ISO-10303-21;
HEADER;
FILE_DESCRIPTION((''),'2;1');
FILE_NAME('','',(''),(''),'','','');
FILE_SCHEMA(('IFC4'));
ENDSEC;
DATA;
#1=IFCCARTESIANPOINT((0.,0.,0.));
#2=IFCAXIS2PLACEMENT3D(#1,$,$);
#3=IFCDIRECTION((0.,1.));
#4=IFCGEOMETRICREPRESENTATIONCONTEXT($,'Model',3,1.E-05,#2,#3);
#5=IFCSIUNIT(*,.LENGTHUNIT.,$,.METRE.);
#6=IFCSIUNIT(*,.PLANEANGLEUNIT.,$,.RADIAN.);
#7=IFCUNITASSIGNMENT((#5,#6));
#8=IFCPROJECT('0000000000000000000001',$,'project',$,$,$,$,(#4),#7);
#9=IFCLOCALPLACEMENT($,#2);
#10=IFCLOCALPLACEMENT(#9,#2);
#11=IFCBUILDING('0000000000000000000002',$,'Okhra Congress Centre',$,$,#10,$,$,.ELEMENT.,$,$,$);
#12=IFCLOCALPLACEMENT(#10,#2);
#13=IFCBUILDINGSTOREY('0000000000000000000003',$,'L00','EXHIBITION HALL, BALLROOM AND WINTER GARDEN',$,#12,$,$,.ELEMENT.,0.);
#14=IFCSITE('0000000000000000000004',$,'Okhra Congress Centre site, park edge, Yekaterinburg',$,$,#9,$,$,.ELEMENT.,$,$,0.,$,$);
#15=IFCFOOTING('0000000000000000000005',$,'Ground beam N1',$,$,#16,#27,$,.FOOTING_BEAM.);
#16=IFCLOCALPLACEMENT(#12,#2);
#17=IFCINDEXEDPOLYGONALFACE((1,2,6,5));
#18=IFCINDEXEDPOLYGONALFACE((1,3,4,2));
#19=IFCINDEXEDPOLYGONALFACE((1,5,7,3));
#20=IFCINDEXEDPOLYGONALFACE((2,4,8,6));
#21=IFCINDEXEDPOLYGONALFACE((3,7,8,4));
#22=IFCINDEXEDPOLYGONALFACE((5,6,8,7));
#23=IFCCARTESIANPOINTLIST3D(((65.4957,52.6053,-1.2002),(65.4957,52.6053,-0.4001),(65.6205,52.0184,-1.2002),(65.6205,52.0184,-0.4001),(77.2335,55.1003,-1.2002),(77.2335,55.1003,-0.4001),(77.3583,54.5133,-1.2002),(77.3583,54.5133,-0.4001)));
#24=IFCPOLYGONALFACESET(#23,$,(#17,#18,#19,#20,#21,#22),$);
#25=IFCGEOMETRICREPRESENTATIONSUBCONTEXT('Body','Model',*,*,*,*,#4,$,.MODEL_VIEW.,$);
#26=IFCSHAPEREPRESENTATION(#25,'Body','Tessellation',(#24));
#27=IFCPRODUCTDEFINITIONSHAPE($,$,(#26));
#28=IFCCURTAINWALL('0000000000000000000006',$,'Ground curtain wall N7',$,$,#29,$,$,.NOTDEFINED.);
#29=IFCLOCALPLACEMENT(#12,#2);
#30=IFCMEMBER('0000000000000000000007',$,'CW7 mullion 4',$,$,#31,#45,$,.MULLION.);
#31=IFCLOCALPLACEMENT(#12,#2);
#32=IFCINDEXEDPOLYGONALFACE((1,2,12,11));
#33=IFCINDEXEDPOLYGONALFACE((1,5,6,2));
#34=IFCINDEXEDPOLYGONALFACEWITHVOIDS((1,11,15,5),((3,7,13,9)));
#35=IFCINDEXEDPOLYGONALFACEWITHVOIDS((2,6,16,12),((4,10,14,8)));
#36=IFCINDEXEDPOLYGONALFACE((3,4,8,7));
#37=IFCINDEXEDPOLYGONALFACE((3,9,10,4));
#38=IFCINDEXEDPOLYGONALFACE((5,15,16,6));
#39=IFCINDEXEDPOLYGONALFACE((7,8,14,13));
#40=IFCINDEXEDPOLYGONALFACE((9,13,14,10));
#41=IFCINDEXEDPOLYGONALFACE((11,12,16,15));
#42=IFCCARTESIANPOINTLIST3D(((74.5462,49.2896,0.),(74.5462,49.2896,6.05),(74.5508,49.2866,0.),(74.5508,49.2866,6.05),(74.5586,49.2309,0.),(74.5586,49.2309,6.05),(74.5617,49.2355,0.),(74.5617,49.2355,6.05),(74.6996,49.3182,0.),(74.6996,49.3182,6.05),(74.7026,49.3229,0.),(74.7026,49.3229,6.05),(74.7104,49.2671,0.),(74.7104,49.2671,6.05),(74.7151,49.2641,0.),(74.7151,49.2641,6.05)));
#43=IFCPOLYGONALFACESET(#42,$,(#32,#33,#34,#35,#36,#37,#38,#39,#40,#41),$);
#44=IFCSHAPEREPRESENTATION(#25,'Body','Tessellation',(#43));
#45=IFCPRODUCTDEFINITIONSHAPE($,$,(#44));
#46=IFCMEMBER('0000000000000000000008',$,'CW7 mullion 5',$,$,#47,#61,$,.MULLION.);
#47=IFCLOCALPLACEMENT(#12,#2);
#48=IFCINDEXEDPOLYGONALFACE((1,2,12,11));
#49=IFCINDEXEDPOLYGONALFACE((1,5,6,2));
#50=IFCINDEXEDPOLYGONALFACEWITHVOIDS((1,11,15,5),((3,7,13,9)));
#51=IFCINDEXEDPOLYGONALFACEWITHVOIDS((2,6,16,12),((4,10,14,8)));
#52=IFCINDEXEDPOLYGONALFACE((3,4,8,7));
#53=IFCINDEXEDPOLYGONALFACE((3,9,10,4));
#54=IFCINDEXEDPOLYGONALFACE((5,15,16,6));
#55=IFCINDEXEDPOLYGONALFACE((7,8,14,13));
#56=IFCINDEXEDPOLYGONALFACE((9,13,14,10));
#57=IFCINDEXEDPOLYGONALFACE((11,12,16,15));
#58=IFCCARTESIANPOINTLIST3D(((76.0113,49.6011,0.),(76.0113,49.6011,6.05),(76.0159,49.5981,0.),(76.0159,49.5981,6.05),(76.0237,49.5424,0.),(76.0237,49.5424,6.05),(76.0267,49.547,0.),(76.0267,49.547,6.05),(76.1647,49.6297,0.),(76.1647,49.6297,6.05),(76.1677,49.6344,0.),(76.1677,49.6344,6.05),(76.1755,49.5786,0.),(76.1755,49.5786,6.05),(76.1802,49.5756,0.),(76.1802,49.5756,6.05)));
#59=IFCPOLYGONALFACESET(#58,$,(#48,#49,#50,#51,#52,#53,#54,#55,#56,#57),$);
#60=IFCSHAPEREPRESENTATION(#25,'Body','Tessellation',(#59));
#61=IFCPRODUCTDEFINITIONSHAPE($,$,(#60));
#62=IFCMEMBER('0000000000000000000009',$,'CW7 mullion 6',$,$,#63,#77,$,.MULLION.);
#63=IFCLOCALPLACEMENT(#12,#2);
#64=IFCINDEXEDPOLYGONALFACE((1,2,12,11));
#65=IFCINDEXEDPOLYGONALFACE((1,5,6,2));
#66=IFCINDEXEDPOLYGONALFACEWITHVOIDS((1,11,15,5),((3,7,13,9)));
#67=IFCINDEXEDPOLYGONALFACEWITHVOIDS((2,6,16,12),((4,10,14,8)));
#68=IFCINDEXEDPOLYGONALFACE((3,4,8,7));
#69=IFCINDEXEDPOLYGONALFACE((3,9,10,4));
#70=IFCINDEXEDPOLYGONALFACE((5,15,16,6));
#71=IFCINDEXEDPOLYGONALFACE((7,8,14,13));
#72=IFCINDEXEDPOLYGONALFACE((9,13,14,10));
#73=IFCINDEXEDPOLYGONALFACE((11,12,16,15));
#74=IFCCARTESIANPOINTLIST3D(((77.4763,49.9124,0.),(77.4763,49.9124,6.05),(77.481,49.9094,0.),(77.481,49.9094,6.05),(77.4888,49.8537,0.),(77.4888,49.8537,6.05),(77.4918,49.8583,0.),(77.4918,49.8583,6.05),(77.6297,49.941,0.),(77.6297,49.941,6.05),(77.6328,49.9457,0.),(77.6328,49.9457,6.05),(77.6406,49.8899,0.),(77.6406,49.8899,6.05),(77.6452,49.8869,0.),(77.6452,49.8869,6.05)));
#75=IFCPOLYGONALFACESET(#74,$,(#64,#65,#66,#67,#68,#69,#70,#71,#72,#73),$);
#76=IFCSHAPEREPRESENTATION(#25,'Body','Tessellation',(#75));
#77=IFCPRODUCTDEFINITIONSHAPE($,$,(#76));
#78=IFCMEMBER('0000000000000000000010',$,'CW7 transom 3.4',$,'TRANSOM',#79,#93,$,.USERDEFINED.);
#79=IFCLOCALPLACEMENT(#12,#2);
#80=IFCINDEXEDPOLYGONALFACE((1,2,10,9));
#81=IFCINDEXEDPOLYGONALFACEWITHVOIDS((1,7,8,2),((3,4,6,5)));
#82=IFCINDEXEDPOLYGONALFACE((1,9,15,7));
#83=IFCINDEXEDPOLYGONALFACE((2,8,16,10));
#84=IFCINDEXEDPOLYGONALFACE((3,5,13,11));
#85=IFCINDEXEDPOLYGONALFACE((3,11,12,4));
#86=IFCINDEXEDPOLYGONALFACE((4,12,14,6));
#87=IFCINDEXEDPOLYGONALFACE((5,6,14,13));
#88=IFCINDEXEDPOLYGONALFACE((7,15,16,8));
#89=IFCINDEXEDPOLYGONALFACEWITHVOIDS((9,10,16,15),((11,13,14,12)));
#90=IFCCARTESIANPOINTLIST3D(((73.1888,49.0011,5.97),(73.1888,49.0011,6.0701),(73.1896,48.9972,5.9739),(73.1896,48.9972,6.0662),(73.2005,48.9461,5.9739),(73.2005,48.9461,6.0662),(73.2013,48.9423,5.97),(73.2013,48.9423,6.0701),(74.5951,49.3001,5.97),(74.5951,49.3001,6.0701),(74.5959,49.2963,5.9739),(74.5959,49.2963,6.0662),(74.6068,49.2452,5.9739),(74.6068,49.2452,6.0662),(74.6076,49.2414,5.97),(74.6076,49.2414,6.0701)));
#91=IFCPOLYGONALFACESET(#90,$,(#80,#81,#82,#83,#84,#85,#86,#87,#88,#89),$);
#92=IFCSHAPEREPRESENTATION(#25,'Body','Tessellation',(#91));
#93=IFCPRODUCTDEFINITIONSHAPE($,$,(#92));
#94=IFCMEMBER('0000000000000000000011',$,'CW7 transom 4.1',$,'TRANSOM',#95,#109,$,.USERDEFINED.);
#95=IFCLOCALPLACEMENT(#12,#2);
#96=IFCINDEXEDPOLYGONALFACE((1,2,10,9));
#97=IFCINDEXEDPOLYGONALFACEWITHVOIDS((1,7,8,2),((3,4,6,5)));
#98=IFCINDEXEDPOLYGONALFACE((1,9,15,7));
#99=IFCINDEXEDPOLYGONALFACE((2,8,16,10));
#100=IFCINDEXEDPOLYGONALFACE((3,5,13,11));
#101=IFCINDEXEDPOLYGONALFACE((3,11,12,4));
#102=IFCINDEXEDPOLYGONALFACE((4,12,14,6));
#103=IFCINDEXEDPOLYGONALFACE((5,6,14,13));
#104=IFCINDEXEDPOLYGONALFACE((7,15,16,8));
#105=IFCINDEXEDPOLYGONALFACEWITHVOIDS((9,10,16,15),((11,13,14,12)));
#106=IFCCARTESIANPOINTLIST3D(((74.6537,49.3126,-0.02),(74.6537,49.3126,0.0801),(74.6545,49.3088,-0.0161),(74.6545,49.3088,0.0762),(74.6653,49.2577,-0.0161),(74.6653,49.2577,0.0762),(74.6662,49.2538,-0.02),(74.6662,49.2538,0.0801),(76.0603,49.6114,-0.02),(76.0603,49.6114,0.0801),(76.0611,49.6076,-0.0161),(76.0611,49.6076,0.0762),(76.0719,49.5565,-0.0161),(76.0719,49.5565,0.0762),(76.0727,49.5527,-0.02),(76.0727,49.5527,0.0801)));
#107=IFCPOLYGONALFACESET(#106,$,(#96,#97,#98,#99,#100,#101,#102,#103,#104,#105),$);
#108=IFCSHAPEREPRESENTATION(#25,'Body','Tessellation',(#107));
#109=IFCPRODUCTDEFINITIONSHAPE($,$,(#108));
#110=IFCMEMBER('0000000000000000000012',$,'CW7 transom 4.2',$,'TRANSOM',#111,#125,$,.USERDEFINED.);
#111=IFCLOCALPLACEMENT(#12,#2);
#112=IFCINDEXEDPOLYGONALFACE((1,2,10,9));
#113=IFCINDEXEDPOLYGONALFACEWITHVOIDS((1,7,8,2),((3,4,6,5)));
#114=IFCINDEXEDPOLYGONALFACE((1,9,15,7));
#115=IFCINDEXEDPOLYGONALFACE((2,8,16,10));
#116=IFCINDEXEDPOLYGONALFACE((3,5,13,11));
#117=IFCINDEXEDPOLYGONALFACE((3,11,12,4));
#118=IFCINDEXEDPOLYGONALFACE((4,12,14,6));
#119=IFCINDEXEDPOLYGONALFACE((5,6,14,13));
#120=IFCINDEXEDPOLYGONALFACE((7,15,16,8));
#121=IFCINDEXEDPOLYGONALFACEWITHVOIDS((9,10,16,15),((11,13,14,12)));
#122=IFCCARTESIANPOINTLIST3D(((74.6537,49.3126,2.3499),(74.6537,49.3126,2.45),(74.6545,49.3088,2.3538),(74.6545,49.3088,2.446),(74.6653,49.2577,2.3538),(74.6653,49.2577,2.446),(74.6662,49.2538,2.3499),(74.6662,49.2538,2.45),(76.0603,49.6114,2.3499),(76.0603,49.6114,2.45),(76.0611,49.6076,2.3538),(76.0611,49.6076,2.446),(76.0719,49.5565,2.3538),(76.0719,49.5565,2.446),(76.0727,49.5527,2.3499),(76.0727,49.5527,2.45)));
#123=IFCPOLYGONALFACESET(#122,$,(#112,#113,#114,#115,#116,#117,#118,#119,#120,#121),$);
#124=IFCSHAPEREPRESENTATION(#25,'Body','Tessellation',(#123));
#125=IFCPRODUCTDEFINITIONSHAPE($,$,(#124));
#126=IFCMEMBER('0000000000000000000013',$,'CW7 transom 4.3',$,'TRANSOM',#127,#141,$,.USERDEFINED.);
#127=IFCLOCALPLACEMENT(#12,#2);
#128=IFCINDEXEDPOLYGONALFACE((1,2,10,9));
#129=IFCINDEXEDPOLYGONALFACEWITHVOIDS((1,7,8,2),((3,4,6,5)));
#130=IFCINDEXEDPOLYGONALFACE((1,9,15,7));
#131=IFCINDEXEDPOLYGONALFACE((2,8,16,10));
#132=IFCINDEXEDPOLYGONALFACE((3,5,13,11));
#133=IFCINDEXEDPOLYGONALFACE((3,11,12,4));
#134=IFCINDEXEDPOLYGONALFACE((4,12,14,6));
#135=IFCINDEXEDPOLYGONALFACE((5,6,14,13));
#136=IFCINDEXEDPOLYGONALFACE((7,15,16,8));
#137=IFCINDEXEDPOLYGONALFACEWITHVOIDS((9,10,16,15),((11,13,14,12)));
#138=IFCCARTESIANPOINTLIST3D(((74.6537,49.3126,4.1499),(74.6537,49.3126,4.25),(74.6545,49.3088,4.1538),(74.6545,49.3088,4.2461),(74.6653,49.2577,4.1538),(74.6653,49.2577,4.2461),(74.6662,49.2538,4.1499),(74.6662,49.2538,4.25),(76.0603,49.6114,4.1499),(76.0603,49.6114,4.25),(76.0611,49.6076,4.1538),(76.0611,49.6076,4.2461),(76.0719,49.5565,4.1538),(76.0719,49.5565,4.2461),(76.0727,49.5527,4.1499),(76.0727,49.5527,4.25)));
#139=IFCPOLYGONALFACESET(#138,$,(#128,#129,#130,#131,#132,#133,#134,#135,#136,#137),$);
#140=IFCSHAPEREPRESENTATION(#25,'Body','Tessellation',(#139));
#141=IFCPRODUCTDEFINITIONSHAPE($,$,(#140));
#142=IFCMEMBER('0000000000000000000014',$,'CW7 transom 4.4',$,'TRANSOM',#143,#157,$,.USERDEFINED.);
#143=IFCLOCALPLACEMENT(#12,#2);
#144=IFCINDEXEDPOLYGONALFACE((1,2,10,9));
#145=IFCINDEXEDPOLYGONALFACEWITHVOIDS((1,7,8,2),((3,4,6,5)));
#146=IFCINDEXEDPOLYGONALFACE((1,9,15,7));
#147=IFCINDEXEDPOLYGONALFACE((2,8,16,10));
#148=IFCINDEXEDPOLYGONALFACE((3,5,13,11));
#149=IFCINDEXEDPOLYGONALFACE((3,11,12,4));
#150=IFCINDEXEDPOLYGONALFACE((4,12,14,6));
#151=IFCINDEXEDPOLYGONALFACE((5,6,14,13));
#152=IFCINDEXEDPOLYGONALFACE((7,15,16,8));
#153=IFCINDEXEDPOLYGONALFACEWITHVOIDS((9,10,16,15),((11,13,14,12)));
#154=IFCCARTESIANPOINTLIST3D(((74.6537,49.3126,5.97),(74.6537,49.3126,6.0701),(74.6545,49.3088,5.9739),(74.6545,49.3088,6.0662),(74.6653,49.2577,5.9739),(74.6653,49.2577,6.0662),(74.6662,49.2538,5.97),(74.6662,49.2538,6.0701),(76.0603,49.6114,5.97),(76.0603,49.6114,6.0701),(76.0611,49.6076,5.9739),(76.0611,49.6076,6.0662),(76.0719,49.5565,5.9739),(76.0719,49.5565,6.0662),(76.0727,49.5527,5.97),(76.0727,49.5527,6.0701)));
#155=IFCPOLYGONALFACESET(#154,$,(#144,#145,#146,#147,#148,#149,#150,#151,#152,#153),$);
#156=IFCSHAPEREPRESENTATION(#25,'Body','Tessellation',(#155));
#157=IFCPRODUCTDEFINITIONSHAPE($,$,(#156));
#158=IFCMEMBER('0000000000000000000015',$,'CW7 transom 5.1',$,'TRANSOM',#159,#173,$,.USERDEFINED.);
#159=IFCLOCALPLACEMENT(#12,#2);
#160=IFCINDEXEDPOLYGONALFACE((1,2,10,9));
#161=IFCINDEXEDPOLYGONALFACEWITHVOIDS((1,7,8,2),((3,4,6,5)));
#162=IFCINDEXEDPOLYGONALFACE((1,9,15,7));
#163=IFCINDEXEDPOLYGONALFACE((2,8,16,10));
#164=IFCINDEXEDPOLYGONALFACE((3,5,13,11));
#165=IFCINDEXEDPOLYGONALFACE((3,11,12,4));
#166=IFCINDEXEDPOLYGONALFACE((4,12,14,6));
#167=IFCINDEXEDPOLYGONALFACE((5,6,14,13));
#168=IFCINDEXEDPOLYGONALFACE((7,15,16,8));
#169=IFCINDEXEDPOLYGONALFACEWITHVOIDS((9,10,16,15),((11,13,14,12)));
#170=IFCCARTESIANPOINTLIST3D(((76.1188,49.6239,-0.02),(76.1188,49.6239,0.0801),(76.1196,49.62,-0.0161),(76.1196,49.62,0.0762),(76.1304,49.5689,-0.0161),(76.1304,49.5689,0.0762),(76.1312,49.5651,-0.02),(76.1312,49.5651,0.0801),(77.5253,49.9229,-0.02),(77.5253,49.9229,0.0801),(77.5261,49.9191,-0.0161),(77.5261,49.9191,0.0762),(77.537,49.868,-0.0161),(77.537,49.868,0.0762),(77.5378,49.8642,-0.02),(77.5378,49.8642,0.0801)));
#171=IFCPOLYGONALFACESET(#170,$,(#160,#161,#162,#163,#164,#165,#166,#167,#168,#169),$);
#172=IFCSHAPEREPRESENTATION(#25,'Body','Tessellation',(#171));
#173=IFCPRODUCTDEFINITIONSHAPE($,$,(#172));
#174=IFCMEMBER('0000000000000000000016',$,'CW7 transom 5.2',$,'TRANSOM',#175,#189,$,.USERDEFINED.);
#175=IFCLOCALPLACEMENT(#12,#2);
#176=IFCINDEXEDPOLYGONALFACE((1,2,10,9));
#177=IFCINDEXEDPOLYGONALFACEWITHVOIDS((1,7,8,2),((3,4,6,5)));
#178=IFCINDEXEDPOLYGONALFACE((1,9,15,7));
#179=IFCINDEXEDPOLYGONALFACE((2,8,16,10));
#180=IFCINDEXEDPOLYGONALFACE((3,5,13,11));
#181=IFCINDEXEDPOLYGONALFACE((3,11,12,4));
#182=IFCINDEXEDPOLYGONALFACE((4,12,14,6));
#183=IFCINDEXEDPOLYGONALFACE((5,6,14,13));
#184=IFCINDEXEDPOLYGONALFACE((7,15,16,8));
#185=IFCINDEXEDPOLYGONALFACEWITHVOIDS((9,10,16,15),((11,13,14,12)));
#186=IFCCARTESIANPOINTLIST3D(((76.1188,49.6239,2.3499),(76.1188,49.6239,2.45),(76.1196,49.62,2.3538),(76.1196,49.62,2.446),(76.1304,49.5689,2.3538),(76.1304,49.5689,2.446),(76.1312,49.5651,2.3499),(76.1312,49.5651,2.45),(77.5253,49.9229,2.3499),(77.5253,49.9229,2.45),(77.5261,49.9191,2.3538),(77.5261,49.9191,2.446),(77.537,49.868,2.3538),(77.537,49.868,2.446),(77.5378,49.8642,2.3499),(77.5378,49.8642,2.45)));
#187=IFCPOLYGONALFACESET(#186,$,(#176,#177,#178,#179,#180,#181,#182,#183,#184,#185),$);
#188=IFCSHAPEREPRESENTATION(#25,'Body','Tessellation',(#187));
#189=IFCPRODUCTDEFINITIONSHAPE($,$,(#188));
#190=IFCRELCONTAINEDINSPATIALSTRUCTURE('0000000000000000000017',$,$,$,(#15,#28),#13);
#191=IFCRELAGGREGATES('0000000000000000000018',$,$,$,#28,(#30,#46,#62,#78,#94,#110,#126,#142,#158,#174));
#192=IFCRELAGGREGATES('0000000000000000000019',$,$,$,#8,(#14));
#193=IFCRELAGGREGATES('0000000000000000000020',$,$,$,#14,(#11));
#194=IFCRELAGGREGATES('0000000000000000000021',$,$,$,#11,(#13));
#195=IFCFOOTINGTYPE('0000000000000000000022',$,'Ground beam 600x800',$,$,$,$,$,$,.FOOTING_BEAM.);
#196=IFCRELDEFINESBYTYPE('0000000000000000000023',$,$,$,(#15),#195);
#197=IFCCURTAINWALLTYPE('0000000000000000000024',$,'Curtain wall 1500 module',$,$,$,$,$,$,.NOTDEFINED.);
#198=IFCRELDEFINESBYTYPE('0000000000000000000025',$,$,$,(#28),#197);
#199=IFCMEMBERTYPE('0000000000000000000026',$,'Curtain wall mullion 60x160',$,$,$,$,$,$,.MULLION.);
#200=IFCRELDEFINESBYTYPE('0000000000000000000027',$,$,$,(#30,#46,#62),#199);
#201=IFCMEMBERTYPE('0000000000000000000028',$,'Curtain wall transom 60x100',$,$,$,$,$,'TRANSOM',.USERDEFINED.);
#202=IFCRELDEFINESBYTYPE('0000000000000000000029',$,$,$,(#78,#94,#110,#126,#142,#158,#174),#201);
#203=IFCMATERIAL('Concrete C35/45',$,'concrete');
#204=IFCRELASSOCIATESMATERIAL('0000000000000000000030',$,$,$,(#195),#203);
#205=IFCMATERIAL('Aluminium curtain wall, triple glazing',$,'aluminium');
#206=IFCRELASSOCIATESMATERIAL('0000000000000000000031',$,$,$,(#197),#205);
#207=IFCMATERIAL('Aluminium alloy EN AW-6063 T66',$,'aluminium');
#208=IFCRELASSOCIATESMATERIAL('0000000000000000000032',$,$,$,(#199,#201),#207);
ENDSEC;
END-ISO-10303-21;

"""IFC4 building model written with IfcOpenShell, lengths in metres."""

from ifc_helpers import new_model, si_unit, direction, frame, origin, origin_2d, place, context, subcontext, project, spatial, rectangle, hollow_rectangle, extrude, material, material_profile, profile_set, type_object, element, aggregate, save


model = new_model("IFC4")

# Units and contexts
model_context = context("Model", 3, precision=1e-05, world=origin(), true_north=direction((0.0, 1.0)))
body_context = subcontext(model_context, "Body", "Model", "MODEL_VIEW")
ifc_project = project(units=[si_unit("LENGTHUNIT", "METRE"), si_unit("PLANEANGLEUNIT", "RADIAN")], contexts=[model_context])

# Site, building, storey
site_placement = place(None, origin())
site = spatial("IfcSite", under=ifc_project, at=site_placement, Name="Okhra Congress Centre site, park edge, Yekaterinburg", CompositionType="ELEMENT", RefElevation=0.0)
building_placement = place(site_placement, origin())
building = spatial("IfcBuilding", under=site, at=building_placement, Name="Okhra Congress Centre", CompositionType="ELEMENT")
storey_placement = place(building_placement, origin())
storey = spatial("IfcBuildingStorey", under=building, at=storey_placement, Name="L00", Description="EXHIBITION HALL, BALLROOM AND WINTER GARDEN", CompositionType="ELEMENT", Elevation=0.0)

# Footing
ifc_material_1 = material(Name="Concrete C35/45", Category="concrete")
footing_type = type_object("IfcFootingType", Name="Ground beam 600x800", PredefinedType="FOOTING_BEAM", material=ifc_material_1)
footing_placement = place(storey_placement, frame((71.427, 53.5593, -1.2002), z_axis=(0.0, 0.0, 1.0), x_axis=(0.978148, 0.207912, 0.0)))
element("IfcFooting", 1, at=footing_placement, inside=storey, type_object=footing_type, Name="Ground beam N1", PredefinedType="FOOTING_BEAM", context=body_context, shape_type="SweptSolid", body=[
    extrude(rectangle(XDim=12.0, YDim=0.6001, at=origin_2d()), origin(), (0.0, 0.0, 1.0), 0.8),
])

# Curtain wall, members
ifc_material_2 = material(Name="Aluminium curtain wall, triple glazing", Category="aluminium")
curtain_wall_type = type_object("IfcCurtainWallType", Name="Curtain wall 1500 module", PredefinedType="NOTDEFINED", material=ifc_material_2)
curtain_wall_placement = place(storey_placement, origin())
curtain_wall = element("IfcCurtainWall", 2, at=curtain_wall_placement, inside=storey, type_object=curtain_wall_type, Name="Ground curtain wall N7", PredefinedType="NOTDEFINED")
ifc_material_3 = material(Name="Aluminium alloy EN AW-6063 T66", Category="aluminium")
ifc_material_profile_1 = material_profile(ifc_material_3, hollow_rectangle(XDim=0.0601, YDim=0.1599, WallThickness=0.0039, at=origin_2d()), Name="RHS 60x160x4")
ifc_profile_set_1 = profile_set([ifc_material_profile_1], Name="Aluminium alloy EN AW-6063 T66")
member_type_1 = type_object("IfcMemberType", Name="Curtain wall mullion 60x160", PredefinedType="MULLION", material=ifc_profile_set_1)
member_1_placement = place(storey_placement, frame((74.6306, 49.2769, 0.0), z_axis=(0.0, 0.0, 1.0), x_axis=(-0.207912, 0.978148, 0.0)))
member_1 = element("IfcMember", 3, at=member_1_placement, type_object=member_type_1, Name="CW7 mullion 4", PredefinedType="MULLION", context=body_context, shape_type="SweptSolid", body=[
    extrude(hollow_rectangle(XDim=0.0601, YDim=0.1599, WallThickness=0.0039, at=origin_2d()), origin(), (0.0, 0.0, 1.0), 6.05),
])
member_2_placement = place(storey_placement, frame((76.0957, 49.5884, 0.0), z_axis=(0.0, 0.0, 1.0), x_axis=(-0.207912, 0.978148, 0.0)))
member_2 = element("IfcMember", 4, at=member_2_placement, type_object=member_type_1, Name="CW7 mullion 5", PredefinedType="MULLION", context=body_context, shape_type="SweptSolid", body=[
    extrude(hollow_rectangle(XDim=0.0601, YDim=0.1599, WallThickness=0.0039, at=origin_2d()), origin(), (0.0, 0.0, 1.0), 6.05),
])
member_3_placement = place(storey_placement, frame((77.5608, 49.8997, 0.0), z_axis=(0.0, 0.0, 1.0), x_axis=(-0.207912, 0.978148, 0.0)))
member_3 = element("IfcMember", 5, at=member_3_placement, type_object=member_type_1, Name="CW7 mullion 6", PredefinedType="MULLION", context=body_context, shape_type="SweptSolid", body=[
    extrude(hollow_rectangle(XDim=0.0601, YDim=0.1599, WallThickness=0.0039, at=origin_2d()), origin(), (0.0, 0.0, 1.0), 6.05),
])
ifc_material_profile_2 = material_profile(ifc_material_3, hollow_rectangle(XDim=0.0601, YDim=0.1001, WallThickness=0.0039, at=origin_2d()), Name="RHS 60x100x4")
ifc_profile_set_2 = profile_set([ifc_material_profile_2], Name="Aluminium alloy EN AW-6063 T66")
member_type_2 = type_object("IfcMemberType", Name="Curtain wall transom 60x100", ElementType="TRANSOM", PredefinedType="USERDEFINED", material=ifc_profile_set_2)
member_4_placement = place(storey_placement, frame((73.1951, 48.9717, 6.02), z_axis=(0.978124, 0.208021, 0.0), x_axis=(-0.208021, 0.978124, 0.0)))
member_4 = element("IfcMember", 6, at=member_4_placement, type_object=member_type_2, Name="CW7 transom 3.4", ObjectType="TRANSOM", PredefinedType="USERDEFINED", context=body_context, shape_type="SweptSolid", body=[
    extrude(hollow_rectangle(XDim=0.0601, YDim=0.1001, WallThickness=0.0039, at=origin_2d()), origin(), (0.0, 0.0, 1.0), 1.4377),
])
member_5_placement = place(storey_placement, frame((74.6599, 49.2832, 0.03), z_axis=(0.978166, 0.207824, 0.0), x_axis=(-0.207824, 0.978166, 0.0)))
member_5 = element("IfcMember", 7, at=member_5_placement, type_object=member_type_2, Name="CW7 transom 4.1", ObjectType="TRANSOM", PredefinedType="USERDEFINED", context=body_context, shape_type="SweptSolid", body=[
    extrude(hollow_rectangle(XDim=0.0601, YDim=0.1001, WallThickness=0.0039, at=origin_2d()), origin(), (0.0, 0.0, 1.0), 1.438),
])
member_6_placement = place(storey_placement, frame((74.6599, 49.2832, 2.3999), z_axis=(0.978166, 0.207824, 0.0), x_axis=(-0.207824, 0.978166, 0.0)))
member_6 = element("IfcMember", 8, at=member_6_placement, type_object=member_type_2, Name="CW7 transom 4.2", ObjectType="TRANSOM", PredefinedType="USERDEFINED", context=body_context, shape_type="SweptSolid", body=[
    extrude(hollow_rectangle(XDim=0.0601, YDim=0.1001, WallThickness=0.0039, at=origin_2d()), origin(), (0.0, 0.0, 1.0), 1.438),
])
member_7_placement = place(storey_placement, frame((74.6599, 49.2832, 4.2), z_axis=(0.978166, 0.207824, 0.0), x_axis=(-0.207824, 0.978166, 0.0)))
member_7 = element("IfcMember", 9, at=member_7_placement, type_object=member_type_2, Name="CW7 transom 4.3", ObjectType="TRANSOM", PredefinedType="USERDEFINED", context=body_context, shape_type="SweptSolid", body=[
    extrude(hollow_rectangle(XDim=0.0601, YDim=0.1001, WallThickness=0.0039, at=origin_2d()), origin(), (0.0, 0.0, 1.0), 1.438),
])
member_8_placement = place(storey_placement, frame((74.6599, 49.2832, 6.02), z_axis=(0.978166, 0.207824, 0.0), x_axis=(-0.207824, 0.978166, 0.0)))
member_8 = element("IfcMember", 10, at=member_8_placement, type_object=member_type_2, Name="CW7 transom 4.4", ObjectType="TRANSOM", PredefinedType="USERDEFINED", context=body_context, shape_type="SweptSolid", body=[
    extrude(hollow_rectangle(XDim=0.0601, YDim=0.1001, WallThickness=0.0039, at=origin_2d()), origin(), (0.0, 0.0, 1.0), 1.438),
])
member_9_placement = place(storey_placement, frame((76.125, 49.5945, 0.03), z_axis=(0.978132, 0.207987, 0.0), x_axis=(-0.207987, 0.978132, 0.0)))
member_9 = element("IfcMember", 11, at=member_9_placement, type_object=member_type_2, Name="CW7 transom 5.1", ObjectType="TRANSOM", PredefinedType="USERDEFINED", context=body_context, shape_type="SweptSolid", body=[
    extrude(hollow_rectangle(XDim=0.0601, YDim=0.1001, WallThickness=0.0039, at=origin_2d()), origin(), (0.0, 0.0, 1.0), 1.438),
])
member_10_placement = place(storey_placement, frame((76.125, 49.5945, 2.3999), z_axis=(0.978132, 0.207987, 0.0), x_axis=(-0.207987, 0.978132, 0.0)))
member_10 = element("IfcMember", 12, at=member_10_placement, type_object=member_type_2, Name="CW7 transom 5.2", ObjectType="TRANSOM", PredefinedType="USERDEFINED", context=body_context, shape_type="SweptSolid", body=[
    extrude(hollow_rectangle(XDim=0.0601, YDim=0.1001, WallThickness=0.0039, at=origin_2d()), origin(), (0.0, 0.0, 1.0), 1.438),
])
aggregate(curtain_wall, [member_1, member_2, member_3, member_4, member_5, member_6, member_7, member_8, member_9, member_10])

save(model, "model.ifc")
